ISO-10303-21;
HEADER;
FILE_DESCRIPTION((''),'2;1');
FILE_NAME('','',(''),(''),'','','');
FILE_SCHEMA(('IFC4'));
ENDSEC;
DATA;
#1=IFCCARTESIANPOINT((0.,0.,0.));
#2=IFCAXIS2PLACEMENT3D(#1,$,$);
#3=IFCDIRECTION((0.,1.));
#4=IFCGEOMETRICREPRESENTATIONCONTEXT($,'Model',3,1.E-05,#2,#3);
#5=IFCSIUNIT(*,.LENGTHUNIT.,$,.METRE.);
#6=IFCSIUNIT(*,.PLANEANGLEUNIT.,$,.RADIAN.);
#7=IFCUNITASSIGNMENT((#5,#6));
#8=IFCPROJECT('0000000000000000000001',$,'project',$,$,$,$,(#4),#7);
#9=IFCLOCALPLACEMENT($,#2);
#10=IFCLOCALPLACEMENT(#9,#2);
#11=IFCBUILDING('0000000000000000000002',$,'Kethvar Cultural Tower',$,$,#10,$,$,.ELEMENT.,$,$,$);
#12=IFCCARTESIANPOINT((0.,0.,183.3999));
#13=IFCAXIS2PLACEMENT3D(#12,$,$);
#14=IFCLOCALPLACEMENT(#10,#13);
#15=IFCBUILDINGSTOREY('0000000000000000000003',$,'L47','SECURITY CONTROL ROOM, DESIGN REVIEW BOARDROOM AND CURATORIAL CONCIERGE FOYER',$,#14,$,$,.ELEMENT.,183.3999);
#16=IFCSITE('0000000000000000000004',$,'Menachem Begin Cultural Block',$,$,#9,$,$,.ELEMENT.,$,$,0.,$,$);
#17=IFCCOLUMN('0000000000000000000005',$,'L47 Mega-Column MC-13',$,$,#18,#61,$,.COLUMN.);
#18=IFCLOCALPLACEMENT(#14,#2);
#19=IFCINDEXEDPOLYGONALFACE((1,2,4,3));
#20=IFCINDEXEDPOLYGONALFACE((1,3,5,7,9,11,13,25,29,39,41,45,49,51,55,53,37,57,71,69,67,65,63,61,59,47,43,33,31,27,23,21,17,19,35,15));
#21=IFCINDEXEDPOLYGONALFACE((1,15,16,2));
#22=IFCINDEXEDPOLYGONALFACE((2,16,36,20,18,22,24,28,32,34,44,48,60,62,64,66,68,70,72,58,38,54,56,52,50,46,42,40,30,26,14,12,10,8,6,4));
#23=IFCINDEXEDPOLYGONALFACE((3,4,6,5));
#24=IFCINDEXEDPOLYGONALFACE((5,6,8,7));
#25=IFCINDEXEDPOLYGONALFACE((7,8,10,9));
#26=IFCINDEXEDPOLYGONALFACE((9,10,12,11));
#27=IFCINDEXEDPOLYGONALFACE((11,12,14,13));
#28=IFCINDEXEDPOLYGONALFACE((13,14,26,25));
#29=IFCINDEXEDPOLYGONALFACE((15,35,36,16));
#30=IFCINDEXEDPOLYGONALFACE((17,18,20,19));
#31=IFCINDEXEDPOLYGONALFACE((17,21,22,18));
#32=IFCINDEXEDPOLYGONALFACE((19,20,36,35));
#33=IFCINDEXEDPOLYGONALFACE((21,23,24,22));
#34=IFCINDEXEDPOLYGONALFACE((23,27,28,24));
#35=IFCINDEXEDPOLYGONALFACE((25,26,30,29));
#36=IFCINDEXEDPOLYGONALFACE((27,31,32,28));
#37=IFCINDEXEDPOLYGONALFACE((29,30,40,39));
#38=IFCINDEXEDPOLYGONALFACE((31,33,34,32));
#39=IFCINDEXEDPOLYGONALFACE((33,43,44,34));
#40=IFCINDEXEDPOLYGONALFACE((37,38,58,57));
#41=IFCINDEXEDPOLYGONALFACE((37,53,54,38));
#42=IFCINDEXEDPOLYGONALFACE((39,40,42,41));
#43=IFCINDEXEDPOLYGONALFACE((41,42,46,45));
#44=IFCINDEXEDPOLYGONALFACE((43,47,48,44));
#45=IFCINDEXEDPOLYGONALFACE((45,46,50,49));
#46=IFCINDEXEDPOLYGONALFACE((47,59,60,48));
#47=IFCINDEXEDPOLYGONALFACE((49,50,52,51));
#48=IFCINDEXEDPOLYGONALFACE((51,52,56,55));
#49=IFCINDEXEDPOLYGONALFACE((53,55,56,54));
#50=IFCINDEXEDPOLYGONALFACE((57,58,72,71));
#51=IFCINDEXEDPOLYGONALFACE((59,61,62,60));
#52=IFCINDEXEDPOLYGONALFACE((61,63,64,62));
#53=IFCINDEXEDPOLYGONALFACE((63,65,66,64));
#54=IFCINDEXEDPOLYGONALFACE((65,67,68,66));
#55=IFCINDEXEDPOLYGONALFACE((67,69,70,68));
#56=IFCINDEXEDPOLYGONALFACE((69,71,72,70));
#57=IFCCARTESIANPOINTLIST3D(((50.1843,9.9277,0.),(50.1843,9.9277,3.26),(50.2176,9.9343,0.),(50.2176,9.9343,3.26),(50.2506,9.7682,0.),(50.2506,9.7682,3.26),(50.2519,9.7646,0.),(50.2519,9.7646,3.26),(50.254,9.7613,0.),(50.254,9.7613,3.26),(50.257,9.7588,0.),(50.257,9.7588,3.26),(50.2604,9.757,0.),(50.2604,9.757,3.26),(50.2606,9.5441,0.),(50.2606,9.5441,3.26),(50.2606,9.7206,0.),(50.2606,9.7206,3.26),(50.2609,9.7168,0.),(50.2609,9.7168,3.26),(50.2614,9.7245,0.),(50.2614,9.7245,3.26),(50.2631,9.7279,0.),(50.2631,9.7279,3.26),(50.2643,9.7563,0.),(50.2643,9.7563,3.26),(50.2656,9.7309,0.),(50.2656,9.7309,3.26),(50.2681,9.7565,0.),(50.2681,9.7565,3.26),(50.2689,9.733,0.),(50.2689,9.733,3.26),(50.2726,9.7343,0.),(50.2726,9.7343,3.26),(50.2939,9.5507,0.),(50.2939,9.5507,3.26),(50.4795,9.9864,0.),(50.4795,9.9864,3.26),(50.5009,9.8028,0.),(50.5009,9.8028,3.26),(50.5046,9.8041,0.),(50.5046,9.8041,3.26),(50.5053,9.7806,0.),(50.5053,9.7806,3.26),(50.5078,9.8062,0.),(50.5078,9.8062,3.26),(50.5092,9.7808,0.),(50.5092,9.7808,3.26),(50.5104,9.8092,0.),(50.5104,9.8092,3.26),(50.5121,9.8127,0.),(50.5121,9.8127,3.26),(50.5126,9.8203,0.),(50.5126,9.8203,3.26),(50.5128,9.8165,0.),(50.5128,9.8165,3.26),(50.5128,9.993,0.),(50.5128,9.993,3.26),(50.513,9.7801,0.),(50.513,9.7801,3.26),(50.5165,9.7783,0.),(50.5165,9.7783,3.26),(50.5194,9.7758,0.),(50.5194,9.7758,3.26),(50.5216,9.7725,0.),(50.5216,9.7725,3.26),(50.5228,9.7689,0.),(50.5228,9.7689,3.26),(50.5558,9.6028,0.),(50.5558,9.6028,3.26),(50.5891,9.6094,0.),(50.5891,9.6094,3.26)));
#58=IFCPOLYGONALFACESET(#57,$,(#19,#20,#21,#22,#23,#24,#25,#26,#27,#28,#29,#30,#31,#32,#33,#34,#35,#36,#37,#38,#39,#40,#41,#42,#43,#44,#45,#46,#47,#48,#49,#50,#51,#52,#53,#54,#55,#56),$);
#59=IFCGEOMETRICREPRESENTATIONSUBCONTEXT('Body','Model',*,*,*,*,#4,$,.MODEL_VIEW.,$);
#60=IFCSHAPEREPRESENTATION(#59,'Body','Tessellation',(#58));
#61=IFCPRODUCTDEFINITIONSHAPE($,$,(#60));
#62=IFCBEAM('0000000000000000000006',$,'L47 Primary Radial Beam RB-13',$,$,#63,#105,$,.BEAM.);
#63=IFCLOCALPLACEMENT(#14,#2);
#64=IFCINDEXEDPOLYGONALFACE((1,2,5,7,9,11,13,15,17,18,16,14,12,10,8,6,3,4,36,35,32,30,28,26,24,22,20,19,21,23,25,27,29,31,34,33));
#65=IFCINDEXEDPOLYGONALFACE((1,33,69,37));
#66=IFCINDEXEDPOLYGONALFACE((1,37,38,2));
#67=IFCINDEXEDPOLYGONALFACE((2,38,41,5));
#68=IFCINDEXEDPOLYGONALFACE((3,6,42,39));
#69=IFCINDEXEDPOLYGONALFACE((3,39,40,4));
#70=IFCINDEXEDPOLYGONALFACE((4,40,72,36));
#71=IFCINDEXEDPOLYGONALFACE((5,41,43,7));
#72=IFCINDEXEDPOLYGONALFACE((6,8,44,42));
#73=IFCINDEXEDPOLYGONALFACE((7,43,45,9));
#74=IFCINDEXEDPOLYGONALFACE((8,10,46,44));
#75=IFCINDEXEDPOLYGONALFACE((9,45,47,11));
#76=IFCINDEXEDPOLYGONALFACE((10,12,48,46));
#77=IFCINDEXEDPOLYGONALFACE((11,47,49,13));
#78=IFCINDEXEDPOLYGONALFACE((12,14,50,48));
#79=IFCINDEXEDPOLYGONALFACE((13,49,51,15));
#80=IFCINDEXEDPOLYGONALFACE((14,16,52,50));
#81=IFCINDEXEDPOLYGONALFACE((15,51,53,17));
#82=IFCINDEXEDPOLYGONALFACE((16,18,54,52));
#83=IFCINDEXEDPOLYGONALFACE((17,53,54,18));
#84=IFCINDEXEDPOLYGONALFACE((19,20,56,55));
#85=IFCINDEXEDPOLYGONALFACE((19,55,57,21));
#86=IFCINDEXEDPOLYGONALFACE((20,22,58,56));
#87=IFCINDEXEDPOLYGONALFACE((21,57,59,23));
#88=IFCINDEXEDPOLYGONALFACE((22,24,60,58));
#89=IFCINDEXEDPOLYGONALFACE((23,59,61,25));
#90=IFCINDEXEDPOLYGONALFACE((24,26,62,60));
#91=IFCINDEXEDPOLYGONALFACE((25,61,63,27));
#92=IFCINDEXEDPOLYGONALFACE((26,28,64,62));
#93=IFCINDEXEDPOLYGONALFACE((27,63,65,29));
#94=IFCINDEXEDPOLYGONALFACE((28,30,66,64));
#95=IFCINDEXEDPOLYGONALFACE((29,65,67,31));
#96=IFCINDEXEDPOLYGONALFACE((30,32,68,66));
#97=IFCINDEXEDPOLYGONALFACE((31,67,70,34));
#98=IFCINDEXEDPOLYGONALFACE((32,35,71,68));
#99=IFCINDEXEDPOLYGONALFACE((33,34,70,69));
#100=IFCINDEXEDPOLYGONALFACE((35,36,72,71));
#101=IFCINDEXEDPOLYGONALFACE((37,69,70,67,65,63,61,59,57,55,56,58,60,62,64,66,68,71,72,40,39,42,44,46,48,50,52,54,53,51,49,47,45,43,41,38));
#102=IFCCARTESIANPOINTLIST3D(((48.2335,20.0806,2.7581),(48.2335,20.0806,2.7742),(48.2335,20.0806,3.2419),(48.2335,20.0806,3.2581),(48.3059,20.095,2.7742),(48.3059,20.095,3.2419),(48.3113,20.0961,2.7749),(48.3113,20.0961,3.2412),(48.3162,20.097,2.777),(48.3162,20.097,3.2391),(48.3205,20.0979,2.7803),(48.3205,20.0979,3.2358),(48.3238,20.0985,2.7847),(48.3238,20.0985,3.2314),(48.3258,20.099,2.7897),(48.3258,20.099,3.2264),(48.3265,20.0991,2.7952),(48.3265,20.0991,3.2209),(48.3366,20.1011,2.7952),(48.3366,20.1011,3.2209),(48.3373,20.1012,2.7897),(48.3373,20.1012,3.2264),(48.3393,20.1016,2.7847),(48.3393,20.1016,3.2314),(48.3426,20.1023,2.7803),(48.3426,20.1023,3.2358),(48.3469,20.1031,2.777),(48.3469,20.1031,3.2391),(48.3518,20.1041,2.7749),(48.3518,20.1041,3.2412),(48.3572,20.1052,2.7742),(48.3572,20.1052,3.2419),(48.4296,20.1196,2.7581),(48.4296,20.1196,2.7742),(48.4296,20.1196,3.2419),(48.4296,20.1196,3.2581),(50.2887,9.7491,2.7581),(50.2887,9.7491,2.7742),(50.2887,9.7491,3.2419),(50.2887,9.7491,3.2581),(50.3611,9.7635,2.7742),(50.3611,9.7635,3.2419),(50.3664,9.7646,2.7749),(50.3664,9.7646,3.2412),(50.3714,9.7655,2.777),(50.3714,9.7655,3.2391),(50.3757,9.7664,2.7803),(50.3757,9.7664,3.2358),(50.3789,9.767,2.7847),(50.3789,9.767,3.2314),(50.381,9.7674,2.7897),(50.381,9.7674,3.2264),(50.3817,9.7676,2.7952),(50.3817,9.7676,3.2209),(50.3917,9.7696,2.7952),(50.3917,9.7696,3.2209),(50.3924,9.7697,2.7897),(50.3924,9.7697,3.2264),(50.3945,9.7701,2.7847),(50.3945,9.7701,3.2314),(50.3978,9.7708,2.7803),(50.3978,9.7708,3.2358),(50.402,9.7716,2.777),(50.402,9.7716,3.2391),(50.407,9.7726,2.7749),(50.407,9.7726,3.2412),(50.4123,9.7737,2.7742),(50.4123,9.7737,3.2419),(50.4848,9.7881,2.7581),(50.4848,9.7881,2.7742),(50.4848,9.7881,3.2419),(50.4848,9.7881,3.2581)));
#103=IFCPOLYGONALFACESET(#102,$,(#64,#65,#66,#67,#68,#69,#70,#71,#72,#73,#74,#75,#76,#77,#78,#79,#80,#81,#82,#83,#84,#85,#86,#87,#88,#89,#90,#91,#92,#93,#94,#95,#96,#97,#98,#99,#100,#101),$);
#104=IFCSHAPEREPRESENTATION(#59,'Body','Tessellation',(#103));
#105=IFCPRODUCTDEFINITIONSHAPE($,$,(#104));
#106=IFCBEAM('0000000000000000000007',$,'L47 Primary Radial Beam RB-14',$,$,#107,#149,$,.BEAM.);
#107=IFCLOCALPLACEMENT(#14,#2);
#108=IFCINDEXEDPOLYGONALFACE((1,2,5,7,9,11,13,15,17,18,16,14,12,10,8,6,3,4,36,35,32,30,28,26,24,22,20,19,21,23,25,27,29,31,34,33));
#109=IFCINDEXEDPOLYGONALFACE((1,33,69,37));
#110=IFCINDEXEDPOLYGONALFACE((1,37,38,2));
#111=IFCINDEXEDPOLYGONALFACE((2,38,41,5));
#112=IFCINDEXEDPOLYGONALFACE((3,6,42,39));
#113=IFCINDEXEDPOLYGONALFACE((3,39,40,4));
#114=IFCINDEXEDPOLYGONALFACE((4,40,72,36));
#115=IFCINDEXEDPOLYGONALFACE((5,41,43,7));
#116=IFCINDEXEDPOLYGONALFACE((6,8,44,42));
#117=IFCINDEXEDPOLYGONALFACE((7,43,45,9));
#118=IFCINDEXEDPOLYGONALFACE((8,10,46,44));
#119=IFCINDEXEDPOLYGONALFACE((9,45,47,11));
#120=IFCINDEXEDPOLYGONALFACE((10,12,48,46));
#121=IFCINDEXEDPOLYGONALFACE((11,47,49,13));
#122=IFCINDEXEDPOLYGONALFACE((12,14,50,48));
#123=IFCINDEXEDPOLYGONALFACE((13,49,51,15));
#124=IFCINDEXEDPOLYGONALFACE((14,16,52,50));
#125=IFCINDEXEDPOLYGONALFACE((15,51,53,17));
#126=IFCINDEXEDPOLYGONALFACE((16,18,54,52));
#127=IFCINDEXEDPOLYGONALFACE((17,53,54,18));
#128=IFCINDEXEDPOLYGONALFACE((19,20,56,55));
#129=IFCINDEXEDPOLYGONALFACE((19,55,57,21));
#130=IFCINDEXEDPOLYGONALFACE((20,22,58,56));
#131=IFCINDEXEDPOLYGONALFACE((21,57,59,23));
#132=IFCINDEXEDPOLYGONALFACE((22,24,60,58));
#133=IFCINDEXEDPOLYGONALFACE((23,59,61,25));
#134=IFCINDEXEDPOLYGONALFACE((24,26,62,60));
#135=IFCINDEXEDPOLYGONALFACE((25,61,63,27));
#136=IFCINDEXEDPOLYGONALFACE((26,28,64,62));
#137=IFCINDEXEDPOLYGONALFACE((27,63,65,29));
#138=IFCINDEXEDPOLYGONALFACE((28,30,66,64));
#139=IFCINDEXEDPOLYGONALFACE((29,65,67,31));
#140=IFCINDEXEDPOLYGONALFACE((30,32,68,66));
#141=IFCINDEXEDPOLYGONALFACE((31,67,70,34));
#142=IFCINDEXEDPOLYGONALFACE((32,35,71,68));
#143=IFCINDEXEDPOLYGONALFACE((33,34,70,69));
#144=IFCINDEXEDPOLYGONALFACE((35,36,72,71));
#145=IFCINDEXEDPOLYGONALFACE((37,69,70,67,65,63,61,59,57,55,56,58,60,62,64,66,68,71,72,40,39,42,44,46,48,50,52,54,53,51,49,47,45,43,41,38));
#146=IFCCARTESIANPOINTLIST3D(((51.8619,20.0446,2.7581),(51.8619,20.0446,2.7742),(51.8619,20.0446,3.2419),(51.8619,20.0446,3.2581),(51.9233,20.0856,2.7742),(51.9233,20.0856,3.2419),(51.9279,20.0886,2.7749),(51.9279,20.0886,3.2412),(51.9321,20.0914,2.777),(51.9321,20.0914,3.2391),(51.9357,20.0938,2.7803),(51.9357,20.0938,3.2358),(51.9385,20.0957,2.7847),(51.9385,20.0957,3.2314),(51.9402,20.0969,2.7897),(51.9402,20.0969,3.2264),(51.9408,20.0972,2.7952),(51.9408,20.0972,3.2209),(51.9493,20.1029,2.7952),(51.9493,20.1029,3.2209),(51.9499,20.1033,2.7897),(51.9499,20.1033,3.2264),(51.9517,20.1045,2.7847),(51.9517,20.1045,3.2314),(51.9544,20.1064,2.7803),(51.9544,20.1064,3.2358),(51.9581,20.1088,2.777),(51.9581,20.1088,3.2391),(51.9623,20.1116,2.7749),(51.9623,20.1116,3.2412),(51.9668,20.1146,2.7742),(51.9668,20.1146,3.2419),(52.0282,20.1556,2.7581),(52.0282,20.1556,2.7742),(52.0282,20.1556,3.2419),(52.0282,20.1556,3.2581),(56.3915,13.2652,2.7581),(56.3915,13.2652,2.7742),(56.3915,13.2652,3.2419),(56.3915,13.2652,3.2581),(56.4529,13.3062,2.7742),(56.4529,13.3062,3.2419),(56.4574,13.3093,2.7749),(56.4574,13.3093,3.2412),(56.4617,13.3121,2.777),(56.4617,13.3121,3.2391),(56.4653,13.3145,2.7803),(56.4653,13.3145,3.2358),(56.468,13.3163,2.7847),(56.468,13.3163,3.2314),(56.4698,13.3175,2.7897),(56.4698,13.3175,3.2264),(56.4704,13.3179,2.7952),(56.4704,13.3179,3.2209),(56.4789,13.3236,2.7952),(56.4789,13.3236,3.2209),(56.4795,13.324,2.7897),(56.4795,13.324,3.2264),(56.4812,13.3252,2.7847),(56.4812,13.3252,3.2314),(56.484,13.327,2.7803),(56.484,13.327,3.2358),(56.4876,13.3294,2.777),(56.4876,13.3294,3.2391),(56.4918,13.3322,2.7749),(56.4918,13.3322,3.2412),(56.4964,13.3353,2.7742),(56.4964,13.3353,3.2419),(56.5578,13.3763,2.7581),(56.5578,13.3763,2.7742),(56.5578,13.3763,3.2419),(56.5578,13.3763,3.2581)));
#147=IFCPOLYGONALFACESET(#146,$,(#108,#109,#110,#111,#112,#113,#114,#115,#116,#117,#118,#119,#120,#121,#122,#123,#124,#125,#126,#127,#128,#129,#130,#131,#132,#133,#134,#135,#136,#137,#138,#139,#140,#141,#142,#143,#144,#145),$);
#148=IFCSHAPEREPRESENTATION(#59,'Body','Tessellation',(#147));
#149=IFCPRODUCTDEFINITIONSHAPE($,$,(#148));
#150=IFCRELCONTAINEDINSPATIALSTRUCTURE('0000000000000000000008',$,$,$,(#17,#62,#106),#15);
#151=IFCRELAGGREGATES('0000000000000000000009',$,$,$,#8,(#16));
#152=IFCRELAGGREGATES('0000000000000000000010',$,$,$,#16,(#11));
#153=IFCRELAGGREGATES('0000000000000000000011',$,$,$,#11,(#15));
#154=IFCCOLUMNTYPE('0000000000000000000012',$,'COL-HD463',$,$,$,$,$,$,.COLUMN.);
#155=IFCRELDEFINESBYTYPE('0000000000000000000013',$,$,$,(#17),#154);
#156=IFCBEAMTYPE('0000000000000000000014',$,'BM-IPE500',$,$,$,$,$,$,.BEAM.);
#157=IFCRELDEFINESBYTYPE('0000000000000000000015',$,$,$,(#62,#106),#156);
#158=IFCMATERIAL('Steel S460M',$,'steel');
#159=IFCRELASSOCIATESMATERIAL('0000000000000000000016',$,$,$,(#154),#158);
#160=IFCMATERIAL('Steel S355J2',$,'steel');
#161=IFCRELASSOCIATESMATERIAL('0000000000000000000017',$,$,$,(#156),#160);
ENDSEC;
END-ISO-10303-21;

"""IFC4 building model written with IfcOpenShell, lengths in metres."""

from ifc_helpers import new_model, si_unit, direction, frame, origin, origin_2d, place, context, subcontext, project, spatial, i_section, extrude, source, transform, mapped, material, material_profile, profile_set, type_object, element, save


model = new_model("IFC4")

# Units and contexts
model_context = context("Model", 3, precision=1e-05, world=origin(), true_north=direction((0.0, 1.0)))
body_context = subcontext(model_context, "Body", "Model", "MODEL_VIEW")
ifc_project = project(units=[si_unit("LENGTHUNIT", "METRE"), si_unit("PLANEANGLEUNIT", "RADIAN")], contexts=[model_context])

# Site, building, storey
site_placement = place(None, origin())
site = spatial("IfcSite", under=ifc_project, at=site_placement, Name="Menachem Begin Cultural Block", CompositionType="ELEMENT", RefElevation=0.0)
building_placement = place(site_placement, origin())
building = spatial("IfcBuilding", under=site, at=building_placement, Name="Kethvar Cultural Tower", CompositionType="ELEMENT")
storey_placement = place(building_placement, frame((0.0, 0.0, 183.3999)))
storey = spatial("IfcBuildingStorey", under=building, at=storey_placement, Name="L47", Description="SECURITY CONTROL ROOM, DESIGN REVIEW BOARDROOM AND CURATORIAL CONCIERGE FOYER", CompositionType="ELEMENT", Elevation=183.3999)

# Column
ifc_material_1 = material(Name="Steel S460M", Category="steel")
ifc_material_profile_1 = material_profile(ifc_material_1, i_section(OverallWidth=0.3911, OverallDepth=0.335, WebThickness=0.0227, FlangeThickness=0.0339, FilletRadius=0.0149, at=origin_2d()), Name="Steel S460M — HD400x463")
ifc_profile_set_1 = profile_set([ifc_material_profile_1], Name="Steel S460M — HD400x463")
column_type = type_object("IfcColumnType", Name="COL-HD463", PredefinedType="COLUMN", material=ifc_profile_set_1)
shared_shape_1 = source(origin(), body_context, "Body", "SweptSolid", [
    extrude(i_section(OverallWidth=0.3911, OverallDepth=0.335, WebThickness=0.0227, FlangeThickness=0.0339, FilletRadius=0.0149, at=origin_2d()), origin(), (0.0, 0.0, 1.0), 3.26),
])
column_placement = place(storey_placement, frame((50.3867, 9.7686, 0.0), z_axis=(0.0, 0.0, 1.0), x_axis=(0.19509, -0.980785, 0.0)))
element("IfcColumn", 1, at=column_placement, inside=storey, type_object=column_type, Name="L47 Mega-Column MC-13", PredefinedType="COLUMN", context=body_context, shape_type="MappedRepresentation", body=[
    mapped(shared_shape_1, transform((0.0, 0.0, 0.0), scale=1.0)),
])

# Beams
ifc_material_2 = material(Name="Steel S355J2", Category="steel")
ifc_material_profile_2 = material_profile(ifc_material_2, i_section(OverallWidth=0.2, OverallDepth=0.5, WebThickness=0.0103, FlangeThickness=0.0161, FilletRadius=0.021, at=origin_2d()), Name="Steel S355J2 — IPE500")
ifc_profile_set_2 = profile_set([ifc_material_profile_2], Name="Steel S355J2 — IPE500")
beam_type_1 = type_object("IfcBeamType", Name="BM-IPE500", PredefinedType="BEAM", material=ifc_profile_set_2)
shared_shape_2 = source(origin(), body_context, "Body", "SweptSolid", [
    extrude(i_section(OverallWidth=0.2, OverallDepth=0.5, WebThickness=0.0103, FlangeThickness=0.0161, FilletRadius=0.021, at=origin_2d()), origin(), (0.0, 0.0, 1.0), 10.5339),
])
beam_1_placement = place(storey_placement, frame((48.3315, 20.1001, 3.0081), z_axis=(0.1951, -0.980783, 0.0), x_axis=(0.980783, 0.1951, 0.0)))
element("IfcBeam", 2, at=beam_1_placement, inside=storey, type_object=beam_type_1, Name="L47 Primary Radial Beam RB-13", PredefinedType="BEAM", context=body_context, shape_type="MappedRepresentation", body=[
    mapped(shared_shape_2, transform((0.0, 0.0, 0.0), scale=1.0)),
])
shared_shape_3 = source(origin(), body_context, "Body", "SweptSolid", [
    extrude(i_section(OverallWidth=0.2, OverallDepth=0.5, WebThickness=0.0103, FlangeThickness=0.0161, FilletRadius=0.021, at=origin_2d()), origin(), (0.0, 0.0, 1.0), 8.1533),
])
beam_2_placement = place(storey_placement, frame((51.9451, 20.1001, 3.0081), z_axis=(0.55555, -0.831483, 0.0), x_axis=(0.831483, 0.55555, 0.0)))
element("IfcBeam", 3, at=beam_2_placement, inside=storey, type_object=beam_type_1, Name="L47 Primary Radial Beam RB-14", PredefinedType="BEAM", context=body_context, shape_type="MappedRepresentation", body=[
    mapped(shared_shape_3, transform((0.0, 0.0, 0.0), scale=1.0)),
])

save(model, "model.ifc")
